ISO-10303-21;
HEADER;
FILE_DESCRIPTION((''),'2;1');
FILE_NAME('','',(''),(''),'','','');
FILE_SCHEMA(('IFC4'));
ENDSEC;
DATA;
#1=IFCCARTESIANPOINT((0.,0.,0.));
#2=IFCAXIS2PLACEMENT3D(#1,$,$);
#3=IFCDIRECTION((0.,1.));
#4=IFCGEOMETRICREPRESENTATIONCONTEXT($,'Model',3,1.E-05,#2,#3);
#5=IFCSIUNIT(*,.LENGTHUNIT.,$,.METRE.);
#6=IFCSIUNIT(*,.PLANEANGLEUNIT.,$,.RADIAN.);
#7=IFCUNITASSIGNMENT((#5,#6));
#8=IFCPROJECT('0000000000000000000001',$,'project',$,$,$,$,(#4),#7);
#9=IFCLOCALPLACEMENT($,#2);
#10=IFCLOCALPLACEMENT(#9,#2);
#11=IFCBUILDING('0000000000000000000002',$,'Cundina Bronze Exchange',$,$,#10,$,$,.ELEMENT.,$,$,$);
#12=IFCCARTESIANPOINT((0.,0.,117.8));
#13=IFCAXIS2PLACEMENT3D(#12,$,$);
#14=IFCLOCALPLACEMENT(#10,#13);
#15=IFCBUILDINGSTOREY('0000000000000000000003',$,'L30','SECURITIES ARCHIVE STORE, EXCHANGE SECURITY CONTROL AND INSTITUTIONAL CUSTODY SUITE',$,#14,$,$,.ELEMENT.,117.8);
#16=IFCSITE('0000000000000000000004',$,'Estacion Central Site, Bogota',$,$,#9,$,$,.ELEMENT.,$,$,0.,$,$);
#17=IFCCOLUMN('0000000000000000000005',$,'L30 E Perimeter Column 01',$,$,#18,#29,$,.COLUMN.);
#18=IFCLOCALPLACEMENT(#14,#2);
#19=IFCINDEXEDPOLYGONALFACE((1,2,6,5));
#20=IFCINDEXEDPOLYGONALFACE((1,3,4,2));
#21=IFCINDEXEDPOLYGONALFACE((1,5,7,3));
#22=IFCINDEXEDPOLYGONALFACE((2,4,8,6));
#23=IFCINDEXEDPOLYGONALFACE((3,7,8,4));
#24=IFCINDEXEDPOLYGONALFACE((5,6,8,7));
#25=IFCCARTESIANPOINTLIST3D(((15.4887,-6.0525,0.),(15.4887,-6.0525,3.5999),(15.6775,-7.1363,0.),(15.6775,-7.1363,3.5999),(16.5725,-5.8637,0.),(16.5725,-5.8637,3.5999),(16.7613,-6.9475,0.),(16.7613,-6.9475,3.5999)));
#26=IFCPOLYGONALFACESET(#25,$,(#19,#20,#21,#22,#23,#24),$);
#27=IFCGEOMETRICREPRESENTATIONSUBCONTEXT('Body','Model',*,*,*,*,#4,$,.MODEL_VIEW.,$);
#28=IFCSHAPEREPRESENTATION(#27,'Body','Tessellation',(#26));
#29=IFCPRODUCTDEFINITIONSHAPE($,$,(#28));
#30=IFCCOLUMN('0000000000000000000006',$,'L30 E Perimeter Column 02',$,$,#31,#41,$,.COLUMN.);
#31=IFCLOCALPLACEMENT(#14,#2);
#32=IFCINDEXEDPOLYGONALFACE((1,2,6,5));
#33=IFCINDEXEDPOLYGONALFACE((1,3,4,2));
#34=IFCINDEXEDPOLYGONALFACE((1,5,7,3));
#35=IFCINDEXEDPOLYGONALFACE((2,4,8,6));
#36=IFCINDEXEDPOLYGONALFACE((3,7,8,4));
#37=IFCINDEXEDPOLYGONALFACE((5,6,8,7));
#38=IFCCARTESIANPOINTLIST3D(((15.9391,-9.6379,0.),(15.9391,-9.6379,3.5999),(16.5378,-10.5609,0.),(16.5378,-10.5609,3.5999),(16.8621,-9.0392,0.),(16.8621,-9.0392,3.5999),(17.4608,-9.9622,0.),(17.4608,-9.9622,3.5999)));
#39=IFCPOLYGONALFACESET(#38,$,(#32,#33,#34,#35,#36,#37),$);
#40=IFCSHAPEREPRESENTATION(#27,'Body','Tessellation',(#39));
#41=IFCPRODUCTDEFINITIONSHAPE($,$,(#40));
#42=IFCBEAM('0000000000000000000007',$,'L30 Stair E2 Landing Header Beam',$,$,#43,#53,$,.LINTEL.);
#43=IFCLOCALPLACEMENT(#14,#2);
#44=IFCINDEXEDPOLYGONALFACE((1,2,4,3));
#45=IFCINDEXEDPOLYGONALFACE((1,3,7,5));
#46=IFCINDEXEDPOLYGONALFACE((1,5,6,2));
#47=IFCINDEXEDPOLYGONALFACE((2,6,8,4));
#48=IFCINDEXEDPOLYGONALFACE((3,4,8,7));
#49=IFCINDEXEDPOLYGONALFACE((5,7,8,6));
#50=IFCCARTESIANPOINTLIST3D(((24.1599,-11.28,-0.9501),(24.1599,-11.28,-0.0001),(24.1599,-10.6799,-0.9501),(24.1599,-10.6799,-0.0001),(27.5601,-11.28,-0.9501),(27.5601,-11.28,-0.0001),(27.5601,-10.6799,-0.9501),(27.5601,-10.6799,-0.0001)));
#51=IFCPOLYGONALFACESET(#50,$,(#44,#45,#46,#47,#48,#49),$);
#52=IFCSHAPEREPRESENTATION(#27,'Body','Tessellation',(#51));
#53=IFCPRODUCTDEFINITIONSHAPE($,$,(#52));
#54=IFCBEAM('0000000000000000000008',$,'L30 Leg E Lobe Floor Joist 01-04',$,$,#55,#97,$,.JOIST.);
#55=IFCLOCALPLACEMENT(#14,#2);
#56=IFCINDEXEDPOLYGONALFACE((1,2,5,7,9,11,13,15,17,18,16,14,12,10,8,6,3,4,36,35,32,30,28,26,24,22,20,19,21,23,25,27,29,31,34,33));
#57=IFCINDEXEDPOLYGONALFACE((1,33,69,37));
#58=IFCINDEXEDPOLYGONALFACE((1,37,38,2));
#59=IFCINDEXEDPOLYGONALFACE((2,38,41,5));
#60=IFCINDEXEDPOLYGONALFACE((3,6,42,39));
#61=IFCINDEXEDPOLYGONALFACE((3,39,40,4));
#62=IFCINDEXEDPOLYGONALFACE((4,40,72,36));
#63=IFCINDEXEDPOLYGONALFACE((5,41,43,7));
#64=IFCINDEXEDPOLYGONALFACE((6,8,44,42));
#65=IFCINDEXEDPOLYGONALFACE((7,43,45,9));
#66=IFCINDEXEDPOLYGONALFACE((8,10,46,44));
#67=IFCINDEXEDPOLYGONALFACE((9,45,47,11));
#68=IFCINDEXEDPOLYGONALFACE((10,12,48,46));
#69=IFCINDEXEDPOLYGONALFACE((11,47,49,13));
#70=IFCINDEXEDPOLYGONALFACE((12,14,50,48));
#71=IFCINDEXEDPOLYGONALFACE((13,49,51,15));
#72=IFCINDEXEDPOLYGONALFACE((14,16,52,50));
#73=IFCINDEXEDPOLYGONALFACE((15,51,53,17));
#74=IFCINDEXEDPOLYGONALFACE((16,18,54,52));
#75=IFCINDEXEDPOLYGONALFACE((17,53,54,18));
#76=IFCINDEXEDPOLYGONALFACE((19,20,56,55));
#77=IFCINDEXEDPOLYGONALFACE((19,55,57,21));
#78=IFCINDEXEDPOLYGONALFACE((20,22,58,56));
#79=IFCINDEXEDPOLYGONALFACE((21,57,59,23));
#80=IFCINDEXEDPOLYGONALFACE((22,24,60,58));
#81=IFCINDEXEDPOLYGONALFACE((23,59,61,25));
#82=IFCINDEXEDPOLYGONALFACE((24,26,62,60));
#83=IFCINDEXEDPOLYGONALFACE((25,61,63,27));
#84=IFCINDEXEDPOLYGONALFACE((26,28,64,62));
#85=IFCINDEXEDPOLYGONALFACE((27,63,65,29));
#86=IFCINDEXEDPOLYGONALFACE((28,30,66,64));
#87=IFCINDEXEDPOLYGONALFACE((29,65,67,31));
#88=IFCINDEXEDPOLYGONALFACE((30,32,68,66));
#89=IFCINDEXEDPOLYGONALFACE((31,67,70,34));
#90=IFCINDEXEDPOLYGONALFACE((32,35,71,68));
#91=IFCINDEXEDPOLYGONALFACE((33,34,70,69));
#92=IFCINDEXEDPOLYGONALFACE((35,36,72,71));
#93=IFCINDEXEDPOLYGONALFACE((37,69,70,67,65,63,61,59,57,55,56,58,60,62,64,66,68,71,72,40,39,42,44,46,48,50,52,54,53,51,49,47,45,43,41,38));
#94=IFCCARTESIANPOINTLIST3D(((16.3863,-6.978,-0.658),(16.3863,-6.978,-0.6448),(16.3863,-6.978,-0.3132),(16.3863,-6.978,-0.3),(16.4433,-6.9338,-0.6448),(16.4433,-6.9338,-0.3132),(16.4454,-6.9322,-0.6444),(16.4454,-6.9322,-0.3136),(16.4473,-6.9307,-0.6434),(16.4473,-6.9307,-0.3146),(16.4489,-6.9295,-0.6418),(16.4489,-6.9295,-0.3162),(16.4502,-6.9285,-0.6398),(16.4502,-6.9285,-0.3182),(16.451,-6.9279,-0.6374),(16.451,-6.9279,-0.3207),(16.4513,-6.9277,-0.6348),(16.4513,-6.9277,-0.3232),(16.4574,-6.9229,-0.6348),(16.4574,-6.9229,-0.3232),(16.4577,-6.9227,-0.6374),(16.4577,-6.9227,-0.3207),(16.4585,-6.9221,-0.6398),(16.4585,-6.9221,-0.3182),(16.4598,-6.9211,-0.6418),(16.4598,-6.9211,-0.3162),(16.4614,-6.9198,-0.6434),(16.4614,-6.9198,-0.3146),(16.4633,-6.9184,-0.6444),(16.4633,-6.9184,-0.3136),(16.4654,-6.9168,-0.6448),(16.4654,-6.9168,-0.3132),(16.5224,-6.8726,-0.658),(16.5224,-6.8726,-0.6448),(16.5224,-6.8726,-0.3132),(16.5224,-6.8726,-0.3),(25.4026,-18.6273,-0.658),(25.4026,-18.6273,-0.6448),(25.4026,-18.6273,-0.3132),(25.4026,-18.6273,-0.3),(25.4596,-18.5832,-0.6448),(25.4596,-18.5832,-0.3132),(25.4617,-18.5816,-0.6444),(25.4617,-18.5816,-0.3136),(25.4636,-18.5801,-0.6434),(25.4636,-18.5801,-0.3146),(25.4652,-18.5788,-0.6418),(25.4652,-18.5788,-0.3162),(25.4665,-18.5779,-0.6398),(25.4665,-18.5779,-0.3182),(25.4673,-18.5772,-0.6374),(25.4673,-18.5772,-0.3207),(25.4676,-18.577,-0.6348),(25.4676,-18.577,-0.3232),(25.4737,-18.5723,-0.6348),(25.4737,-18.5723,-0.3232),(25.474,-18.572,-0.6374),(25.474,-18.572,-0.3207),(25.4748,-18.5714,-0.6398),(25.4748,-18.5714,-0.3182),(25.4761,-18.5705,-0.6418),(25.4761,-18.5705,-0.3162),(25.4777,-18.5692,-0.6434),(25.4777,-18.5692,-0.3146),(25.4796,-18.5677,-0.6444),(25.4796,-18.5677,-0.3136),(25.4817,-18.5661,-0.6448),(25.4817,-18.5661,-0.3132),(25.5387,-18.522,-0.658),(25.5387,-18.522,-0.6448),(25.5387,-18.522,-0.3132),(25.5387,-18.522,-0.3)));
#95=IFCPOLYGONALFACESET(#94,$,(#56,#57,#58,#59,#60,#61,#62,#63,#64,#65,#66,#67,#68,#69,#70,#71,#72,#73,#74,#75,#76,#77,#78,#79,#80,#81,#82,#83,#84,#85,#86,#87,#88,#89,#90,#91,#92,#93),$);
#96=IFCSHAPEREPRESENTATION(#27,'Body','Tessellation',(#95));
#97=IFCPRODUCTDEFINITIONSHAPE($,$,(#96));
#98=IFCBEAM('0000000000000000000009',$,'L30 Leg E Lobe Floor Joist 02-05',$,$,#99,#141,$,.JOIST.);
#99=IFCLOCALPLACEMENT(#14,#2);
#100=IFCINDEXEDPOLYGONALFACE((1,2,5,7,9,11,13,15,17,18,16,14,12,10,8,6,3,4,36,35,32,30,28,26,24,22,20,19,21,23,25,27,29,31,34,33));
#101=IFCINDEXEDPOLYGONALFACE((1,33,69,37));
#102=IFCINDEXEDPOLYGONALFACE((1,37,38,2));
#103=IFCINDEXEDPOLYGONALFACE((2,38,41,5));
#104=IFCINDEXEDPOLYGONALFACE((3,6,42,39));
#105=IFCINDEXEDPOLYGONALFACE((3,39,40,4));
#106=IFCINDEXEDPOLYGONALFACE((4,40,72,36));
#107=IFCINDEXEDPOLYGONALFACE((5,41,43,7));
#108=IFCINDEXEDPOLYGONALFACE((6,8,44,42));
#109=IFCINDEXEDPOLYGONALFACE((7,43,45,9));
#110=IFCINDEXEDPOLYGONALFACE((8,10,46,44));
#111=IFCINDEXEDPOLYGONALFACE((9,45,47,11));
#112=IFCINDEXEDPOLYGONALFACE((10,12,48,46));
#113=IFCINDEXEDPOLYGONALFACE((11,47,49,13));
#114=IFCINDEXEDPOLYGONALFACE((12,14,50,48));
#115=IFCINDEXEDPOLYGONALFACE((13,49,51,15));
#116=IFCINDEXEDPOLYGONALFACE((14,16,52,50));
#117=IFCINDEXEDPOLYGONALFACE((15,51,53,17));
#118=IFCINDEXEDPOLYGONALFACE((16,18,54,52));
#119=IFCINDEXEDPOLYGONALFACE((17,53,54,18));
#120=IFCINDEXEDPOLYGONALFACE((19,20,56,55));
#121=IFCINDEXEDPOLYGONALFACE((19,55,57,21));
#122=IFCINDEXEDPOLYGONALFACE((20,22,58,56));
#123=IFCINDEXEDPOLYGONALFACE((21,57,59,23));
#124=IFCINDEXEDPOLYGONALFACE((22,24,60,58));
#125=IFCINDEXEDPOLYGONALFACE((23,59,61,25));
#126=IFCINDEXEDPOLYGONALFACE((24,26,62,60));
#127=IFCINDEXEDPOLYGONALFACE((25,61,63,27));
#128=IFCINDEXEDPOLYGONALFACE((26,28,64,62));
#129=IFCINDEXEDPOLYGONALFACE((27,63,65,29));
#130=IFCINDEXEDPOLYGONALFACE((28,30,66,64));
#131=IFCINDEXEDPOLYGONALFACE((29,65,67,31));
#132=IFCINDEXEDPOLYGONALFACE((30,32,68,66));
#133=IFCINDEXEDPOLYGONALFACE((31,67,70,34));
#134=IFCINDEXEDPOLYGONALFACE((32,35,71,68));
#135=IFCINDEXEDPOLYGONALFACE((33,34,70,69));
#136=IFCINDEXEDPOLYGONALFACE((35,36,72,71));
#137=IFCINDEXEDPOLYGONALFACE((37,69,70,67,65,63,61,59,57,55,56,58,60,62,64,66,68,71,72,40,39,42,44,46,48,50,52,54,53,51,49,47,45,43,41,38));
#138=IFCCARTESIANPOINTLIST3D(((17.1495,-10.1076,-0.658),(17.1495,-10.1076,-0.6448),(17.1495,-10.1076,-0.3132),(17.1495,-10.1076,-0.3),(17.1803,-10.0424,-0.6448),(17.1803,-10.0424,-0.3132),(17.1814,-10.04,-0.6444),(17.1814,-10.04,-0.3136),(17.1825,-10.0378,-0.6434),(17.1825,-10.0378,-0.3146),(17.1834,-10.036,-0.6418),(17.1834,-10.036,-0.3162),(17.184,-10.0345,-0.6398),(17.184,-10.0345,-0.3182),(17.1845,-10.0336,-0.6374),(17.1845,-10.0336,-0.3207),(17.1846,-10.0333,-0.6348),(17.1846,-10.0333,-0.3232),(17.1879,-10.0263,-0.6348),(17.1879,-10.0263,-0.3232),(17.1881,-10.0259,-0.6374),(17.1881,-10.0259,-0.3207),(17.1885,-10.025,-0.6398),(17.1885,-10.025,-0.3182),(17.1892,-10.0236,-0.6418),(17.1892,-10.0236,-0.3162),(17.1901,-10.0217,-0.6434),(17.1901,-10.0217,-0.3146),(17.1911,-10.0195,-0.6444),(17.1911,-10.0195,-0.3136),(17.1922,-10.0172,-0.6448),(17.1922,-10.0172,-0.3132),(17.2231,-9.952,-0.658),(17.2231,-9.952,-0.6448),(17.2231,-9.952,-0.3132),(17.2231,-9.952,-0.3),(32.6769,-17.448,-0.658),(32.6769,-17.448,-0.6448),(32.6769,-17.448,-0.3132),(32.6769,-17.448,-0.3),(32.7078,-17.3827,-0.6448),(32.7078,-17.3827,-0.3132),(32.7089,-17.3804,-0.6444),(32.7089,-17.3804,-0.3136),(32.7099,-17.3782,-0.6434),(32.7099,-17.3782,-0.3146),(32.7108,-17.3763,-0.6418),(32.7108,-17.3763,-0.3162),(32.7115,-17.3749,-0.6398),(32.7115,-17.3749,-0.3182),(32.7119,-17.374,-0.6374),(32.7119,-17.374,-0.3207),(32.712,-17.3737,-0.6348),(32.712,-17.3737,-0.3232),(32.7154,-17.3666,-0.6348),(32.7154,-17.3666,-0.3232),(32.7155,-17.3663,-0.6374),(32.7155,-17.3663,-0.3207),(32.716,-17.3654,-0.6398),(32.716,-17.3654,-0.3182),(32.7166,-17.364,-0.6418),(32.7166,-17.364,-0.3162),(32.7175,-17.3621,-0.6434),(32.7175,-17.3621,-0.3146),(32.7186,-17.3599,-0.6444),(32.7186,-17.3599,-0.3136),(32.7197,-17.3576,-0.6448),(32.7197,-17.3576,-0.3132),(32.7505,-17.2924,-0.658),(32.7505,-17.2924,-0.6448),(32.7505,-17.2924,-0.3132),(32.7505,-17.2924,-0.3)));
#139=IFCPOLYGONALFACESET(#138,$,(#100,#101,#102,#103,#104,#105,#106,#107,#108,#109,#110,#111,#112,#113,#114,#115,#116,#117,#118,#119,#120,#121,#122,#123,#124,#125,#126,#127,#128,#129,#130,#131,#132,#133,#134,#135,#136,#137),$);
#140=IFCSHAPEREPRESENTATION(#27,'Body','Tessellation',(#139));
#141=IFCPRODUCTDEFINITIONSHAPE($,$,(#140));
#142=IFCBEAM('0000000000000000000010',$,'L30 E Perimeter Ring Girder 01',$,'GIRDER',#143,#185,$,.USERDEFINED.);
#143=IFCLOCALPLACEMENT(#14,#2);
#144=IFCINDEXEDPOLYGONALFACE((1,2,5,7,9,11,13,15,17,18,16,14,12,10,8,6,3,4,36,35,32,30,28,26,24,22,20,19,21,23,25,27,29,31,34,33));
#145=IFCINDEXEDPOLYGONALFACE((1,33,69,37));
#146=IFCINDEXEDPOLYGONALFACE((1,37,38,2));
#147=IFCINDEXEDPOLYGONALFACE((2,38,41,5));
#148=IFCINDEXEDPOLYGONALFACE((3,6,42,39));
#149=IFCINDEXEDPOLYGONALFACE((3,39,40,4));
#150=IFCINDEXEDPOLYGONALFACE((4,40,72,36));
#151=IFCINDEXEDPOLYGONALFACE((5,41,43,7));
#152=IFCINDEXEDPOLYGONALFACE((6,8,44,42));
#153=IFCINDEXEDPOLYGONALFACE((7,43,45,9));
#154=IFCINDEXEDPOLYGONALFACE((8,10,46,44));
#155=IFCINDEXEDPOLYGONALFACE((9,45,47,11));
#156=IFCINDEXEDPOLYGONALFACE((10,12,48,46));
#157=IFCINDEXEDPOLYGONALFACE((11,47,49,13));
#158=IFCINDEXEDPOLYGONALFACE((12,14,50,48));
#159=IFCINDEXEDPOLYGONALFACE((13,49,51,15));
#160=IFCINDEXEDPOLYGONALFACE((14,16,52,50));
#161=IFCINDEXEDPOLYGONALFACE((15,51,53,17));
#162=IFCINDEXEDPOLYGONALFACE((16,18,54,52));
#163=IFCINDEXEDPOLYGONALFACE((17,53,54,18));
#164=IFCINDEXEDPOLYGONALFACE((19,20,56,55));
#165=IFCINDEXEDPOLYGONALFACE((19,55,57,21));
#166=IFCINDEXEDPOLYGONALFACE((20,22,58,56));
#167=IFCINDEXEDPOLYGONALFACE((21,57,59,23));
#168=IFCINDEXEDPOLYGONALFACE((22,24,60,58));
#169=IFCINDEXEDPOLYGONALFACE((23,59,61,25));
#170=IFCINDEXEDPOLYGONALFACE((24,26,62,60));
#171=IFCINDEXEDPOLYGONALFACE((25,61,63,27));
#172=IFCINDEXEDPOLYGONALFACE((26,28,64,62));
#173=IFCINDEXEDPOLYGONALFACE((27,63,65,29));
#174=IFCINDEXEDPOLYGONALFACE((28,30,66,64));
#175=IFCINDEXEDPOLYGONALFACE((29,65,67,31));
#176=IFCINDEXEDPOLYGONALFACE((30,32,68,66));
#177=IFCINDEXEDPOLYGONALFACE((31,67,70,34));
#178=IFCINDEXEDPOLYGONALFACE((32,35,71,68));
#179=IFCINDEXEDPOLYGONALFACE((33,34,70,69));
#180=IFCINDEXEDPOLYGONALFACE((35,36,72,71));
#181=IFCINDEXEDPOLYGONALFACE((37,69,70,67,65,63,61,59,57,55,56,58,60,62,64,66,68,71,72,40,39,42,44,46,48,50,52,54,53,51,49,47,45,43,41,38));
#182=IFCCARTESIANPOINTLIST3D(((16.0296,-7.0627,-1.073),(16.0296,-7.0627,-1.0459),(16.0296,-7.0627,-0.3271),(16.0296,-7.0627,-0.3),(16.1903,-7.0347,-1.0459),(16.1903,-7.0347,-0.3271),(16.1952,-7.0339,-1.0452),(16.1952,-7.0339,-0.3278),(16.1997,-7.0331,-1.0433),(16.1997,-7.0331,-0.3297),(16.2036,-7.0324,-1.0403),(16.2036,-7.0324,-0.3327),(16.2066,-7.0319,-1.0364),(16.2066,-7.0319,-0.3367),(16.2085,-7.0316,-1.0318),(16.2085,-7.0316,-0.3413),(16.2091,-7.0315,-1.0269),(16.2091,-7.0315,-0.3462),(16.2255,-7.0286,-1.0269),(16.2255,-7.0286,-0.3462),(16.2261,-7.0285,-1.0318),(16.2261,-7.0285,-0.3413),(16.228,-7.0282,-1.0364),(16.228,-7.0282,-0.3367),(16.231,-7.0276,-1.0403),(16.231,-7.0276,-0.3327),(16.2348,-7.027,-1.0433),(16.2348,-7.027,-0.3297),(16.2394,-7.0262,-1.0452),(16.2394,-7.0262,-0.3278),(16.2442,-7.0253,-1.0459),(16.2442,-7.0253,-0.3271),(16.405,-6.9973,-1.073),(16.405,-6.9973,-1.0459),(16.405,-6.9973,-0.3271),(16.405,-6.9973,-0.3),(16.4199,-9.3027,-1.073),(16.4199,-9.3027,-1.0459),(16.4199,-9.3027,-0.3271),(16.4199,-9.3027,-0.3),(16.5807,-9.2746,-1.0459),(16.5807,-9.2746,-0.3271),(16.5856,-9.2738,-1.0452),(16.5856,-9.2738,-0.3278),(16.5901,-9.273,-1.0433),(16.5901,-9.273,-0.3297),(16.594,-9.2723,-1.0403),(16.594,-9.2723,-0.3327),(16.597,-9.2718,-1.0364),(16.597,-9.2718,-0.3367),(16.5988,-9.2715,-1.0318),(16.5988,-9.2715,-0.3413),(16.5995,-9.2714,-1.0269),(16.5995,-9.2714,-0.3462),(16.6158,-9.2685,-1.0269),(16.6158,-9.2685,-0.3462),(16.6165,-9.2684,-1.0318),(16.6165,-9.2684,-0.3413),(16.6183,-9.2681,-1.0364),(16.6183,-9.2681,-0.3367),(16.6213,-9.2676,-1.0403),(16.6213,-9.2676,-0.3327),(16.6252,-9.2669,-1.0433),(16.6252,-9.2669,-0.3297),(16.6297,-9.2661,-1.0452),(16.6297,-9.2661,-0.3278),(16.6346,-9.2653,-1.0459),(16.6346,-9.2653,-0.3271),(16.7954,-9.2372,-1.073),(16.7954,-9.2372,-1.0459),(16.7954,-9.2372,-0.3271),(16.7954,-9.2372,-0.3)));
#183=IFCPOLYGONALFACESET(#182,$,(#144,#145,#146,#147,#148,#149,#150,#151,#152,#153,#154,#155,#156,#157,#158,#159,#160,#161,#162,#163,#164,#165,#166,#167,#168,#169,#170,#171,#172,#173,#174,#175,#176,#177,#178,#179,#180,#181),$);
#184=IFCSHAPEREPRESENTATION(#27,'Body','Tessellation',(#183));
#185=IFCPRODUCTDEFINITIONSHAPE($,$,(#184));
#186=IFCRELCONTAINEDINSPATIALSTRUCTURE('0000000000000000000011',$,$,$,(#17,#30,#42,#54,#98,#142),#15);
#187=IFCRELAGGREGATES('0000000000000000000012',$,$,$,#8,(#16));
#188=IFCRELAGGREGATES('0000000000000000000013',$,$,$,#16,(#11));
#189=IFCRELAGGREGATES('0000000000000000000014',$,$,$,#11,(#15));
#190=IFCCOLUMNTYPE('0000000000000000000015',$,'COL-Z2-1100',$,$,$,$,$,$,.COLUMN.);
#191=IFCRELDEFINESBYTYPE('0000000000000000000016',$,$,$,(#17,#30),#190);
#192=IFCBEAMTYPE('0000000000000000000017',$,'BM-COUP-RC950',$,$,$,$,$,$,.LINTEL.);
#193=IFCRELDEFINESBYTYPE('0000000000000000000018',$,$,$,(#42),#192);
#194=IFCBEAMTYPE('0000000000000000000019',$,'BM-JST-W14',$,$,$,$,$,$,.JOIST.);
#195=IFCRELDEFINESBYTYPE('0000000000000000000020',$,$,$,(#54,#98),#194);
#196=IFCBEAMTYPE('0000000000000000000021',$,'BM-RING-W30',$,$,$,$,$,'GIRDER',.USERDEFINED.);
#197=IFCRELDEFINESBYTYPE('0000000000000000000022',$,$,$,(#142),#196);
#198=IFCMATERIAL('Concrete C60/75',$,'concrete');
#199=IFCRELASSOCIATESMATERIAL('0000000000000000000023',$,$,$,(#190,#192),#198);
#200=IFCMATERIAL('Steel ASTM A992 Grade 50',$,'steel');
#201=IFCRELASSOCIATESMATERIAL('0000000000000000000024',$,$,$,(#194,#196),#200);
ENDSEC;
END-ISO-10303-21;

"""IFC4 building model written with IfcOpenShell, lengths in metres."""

from ifc_helpers import new_model, si_unit, direction, frame, origin, origin_2d, place, context, subcontext, project, spatial, rectangle, i_section, extrude, material, material_profile, profile_set, type_object, element, save


model = new_model("IFC4")

# Units and contexts
model_context = context("Model", 3, precision=1e-05, world=origin(), true_north=direction((0.0, 1.0)))
body_context = subcontext(model_context, "Body", "Model", "MODEL_VIEW")
ifc_project = project(units=[si_unit("LENGTHUNIT", "METRE"), si_unit("PLANEANGLEUNIT", "RADIAN")], contexts=[model_context])

# Site, building, storey
site_placement = place(None, origin())
site = spatial("IfcSite", under=ifc_project, at=site_placement, Name="Estacion Central Site, Bogota", CompositionType="ELEMENT", RefElevation=0.0)
building_placement = place(site_placement, origin())
building = spatial("IfcBuilding", under=site, at=building_placement, Name="Cundina Bronze Exchange", CompositionType="ELEMENT")
storey_placement = place(building_placement, frame((0.0, 0.0, 117.8)))
storey = spatial("IfcBuildingStorey", under=building, at=storey_placement, Name="L30", Description="SECURITIES ARCHIVE STORE, EXCHANGE SECURITY CONTROL AND INSTITUTIONAL CUSTODY SUITE", CompositionType="ELEMENT", Elevation=117.8)

# Columns
ifc_material_1 = material(Name="Concrete C60/75", Category="concrete")
ifc_material_profile_1 = material_profile(ifc_material_1, rectangle(XDim=1.1001, YDim=1.1001, at=origin_2d()), Name="RC1100X1100", Category="concrete")
ifc_profile_set_1 = profile_set([ifc_material_profile_1], Name="Concrete C60/75")
column_type = type_object("IfcColumnType", Name="COL-Z2-1100", PredefinedType="COLUMN", material=ifc_profile_set_1)
for number, where, z_axis, x_axis, name in (
    (1, (16.125, -6.5, 0.0), (0.0, 0.0, 1.0), (0.171585, -0.985169, 0.0), "L30 E Perimeter Column 01"),
    (2, (16.7, -9.8, 0.0), (0.0, 0.0, 1.0), (0.5442, -0.838956, 0.0), "L30 E Perimeter Column 02"),
):
    element("IfcColumn", number, at=place(storey_placement, frame(where, z_axis=z_axis, x_axis=x_axis)), inside=storey, type_object=column_type, Name=name, PredefinedType="COLUMN", context=body_context, shape_type="SweptSolid", body=[
        extrude(rectangle(XDim=1.1001, YDim=1.1001, at=origin_2d()), origin(), (0.0, 0.0, 1.0), 3.5999),
    ])

# Beams
ifc_material_profile_2 = material_profile(ifc_material_1, rectangle(XDim=0.6001, YDim=0.95, at=origin_2d()), Name="RC600X950", Category="concrete")
ifc_profile_set_2 = profile_set([ifc_material_profile_2], Name="Concrete C60/75")
beam_type_1 = type_object("IfcBeamType", Name="BM-COUP-RC950", PredefinedType="LINTEL", material=ifc_profile_set_2)
beam_1_placement = place(storey_placement, frame((24.1599, -10.98, -0.4751), z_axis=(1.0, 0.0, 0.0), x_axis=(0.0, 1.0, 0.0)))
element("IfcBeam", 3, at=beam_1_placement, inside=storey, type_object=beam_type_1, Name="L30 Stair E2 Landing Header Beam", PredefinedType="LINTEL", context=body_context, shape_type="SweptSolid", body=[
    extrude(rectangle(XDim=0.6001, YDim=0.95, at=origin_2d()), origin(), (0.0, 0.0, 1.0), 3.4001),
])
ifc_material_2 = material(Name="Steel ASTM A992 Grade 50", Category="steel")
ifc_material_profile_3 = material_profile(ifc_material_2, i_section(OverallWidth=0.1721, OverallDepth=0.3579, WebThickness=0.0078, FlangeThickness=0.0132, FilletRadius=0.01, at=origin_2d()), Name="W14X38", Category="steel")
ifc_profile_set_3 = profile_set([ifc_material_profile_3], Name="Steel ASTM A992 Grade 50")
beam_type_2 = type_object("IfcBeamType", Name="BM-JST-W14", PredefinedType="JOIST", material=ifc_profile_set_3)
beam_2_placement = place(storey_placement, frame((16.4543, -6.9253, -0.479), z_axis=(0.612065, -0.790807, 0.0), x_axis=(0.790807, 0.612065, 0.0)))
element("IfcBeam", 4, at=beam_2_placement, inside=storey, type_object=beam_type_2, Name="L30 Leg E Lobe Floor Joist 01-04", PredefinedType="JOIST", context=body_context, shape_type="SweptSolid", body=[
    extrude(i_section(OverallWidth=0.1721, OverallDepth=0.3579, WebThickness=0.0078, FlangeThickness=0.0132, FilletRadius=0.01, at=origin_2d()), origin(), (0.0, 0.0, 1.0), 14.731),
])
beam_3_placement = place(storey_placement, frame((17.1863, -10.0298, -0.479), z_axis=(0.904069, -0.427386, 0.0), x_axis=(0.427386, 0.904069, 0.0)))
element("IfcBeam", 5, at=beam_3_placement, inside=storey, type_object=beam_type_2, Name="L30 Leg E Lobe Floor Joist 02-05", PredefinedType="JOIST", context=body_context, shape_type="SweptSolid", body=[
    extrude(i_section(OverallWidth=0.1721, OverallDepth=0.3579, WebThickness=0.0078, FlangeThickness=0.0132, FilletRadius=0.01, at=origin_2d()), origin(), (0.0, 0.0, 1.0), 17.175),
])
ifc_material_profile_4 = material_profile(ifc_material_2, i_section(OverallWidth=0.3811, OverallDepth=0.7729, WebThickness=0.0166, FlangeThickness=0.0271, FilletRadius=0.019, at=origin_2d()), Name="W30X173", Category="steel")
ifc_profile_set_4 = profile_set([ifc_material_profile_4], Name="Steel ASTM A992 Grade 50")
beam_type_3 = type_object("IfcBeamType", Name="BM-RING-W30", ElementType="GIRDER", PredefinedType="USERDEFINED", material=ifc_profile_set_4)
beam_4_placement = place(storey_placement, frame((16.2173, -7.03, -0.6865), z_axis=(0.17169, -0.985151, 0.0), x_axis=(0.985151, 0.17169, 0.0)))
element("IfcBeam", 6, at=beam_4_placement, inside=storey, type_object=beam_type_3, Name="L30 E Perimeter Ring Girder 01", ObjectType="GIRDER", PredefinedType="USERDEFINED", context=body_context, shape_type="SweptSolid", body=[
    extrude(i_section(OverallWidth=0.3811, OverallDepth=0.7729, WebThickness=0.0166, FlangeThickness=0.0271, FilletRadius=0.019, at=origin_2d()), origin(), (0.0, 0.0, 1.0), 2.2737),
])

save(model, "model.ifc")
